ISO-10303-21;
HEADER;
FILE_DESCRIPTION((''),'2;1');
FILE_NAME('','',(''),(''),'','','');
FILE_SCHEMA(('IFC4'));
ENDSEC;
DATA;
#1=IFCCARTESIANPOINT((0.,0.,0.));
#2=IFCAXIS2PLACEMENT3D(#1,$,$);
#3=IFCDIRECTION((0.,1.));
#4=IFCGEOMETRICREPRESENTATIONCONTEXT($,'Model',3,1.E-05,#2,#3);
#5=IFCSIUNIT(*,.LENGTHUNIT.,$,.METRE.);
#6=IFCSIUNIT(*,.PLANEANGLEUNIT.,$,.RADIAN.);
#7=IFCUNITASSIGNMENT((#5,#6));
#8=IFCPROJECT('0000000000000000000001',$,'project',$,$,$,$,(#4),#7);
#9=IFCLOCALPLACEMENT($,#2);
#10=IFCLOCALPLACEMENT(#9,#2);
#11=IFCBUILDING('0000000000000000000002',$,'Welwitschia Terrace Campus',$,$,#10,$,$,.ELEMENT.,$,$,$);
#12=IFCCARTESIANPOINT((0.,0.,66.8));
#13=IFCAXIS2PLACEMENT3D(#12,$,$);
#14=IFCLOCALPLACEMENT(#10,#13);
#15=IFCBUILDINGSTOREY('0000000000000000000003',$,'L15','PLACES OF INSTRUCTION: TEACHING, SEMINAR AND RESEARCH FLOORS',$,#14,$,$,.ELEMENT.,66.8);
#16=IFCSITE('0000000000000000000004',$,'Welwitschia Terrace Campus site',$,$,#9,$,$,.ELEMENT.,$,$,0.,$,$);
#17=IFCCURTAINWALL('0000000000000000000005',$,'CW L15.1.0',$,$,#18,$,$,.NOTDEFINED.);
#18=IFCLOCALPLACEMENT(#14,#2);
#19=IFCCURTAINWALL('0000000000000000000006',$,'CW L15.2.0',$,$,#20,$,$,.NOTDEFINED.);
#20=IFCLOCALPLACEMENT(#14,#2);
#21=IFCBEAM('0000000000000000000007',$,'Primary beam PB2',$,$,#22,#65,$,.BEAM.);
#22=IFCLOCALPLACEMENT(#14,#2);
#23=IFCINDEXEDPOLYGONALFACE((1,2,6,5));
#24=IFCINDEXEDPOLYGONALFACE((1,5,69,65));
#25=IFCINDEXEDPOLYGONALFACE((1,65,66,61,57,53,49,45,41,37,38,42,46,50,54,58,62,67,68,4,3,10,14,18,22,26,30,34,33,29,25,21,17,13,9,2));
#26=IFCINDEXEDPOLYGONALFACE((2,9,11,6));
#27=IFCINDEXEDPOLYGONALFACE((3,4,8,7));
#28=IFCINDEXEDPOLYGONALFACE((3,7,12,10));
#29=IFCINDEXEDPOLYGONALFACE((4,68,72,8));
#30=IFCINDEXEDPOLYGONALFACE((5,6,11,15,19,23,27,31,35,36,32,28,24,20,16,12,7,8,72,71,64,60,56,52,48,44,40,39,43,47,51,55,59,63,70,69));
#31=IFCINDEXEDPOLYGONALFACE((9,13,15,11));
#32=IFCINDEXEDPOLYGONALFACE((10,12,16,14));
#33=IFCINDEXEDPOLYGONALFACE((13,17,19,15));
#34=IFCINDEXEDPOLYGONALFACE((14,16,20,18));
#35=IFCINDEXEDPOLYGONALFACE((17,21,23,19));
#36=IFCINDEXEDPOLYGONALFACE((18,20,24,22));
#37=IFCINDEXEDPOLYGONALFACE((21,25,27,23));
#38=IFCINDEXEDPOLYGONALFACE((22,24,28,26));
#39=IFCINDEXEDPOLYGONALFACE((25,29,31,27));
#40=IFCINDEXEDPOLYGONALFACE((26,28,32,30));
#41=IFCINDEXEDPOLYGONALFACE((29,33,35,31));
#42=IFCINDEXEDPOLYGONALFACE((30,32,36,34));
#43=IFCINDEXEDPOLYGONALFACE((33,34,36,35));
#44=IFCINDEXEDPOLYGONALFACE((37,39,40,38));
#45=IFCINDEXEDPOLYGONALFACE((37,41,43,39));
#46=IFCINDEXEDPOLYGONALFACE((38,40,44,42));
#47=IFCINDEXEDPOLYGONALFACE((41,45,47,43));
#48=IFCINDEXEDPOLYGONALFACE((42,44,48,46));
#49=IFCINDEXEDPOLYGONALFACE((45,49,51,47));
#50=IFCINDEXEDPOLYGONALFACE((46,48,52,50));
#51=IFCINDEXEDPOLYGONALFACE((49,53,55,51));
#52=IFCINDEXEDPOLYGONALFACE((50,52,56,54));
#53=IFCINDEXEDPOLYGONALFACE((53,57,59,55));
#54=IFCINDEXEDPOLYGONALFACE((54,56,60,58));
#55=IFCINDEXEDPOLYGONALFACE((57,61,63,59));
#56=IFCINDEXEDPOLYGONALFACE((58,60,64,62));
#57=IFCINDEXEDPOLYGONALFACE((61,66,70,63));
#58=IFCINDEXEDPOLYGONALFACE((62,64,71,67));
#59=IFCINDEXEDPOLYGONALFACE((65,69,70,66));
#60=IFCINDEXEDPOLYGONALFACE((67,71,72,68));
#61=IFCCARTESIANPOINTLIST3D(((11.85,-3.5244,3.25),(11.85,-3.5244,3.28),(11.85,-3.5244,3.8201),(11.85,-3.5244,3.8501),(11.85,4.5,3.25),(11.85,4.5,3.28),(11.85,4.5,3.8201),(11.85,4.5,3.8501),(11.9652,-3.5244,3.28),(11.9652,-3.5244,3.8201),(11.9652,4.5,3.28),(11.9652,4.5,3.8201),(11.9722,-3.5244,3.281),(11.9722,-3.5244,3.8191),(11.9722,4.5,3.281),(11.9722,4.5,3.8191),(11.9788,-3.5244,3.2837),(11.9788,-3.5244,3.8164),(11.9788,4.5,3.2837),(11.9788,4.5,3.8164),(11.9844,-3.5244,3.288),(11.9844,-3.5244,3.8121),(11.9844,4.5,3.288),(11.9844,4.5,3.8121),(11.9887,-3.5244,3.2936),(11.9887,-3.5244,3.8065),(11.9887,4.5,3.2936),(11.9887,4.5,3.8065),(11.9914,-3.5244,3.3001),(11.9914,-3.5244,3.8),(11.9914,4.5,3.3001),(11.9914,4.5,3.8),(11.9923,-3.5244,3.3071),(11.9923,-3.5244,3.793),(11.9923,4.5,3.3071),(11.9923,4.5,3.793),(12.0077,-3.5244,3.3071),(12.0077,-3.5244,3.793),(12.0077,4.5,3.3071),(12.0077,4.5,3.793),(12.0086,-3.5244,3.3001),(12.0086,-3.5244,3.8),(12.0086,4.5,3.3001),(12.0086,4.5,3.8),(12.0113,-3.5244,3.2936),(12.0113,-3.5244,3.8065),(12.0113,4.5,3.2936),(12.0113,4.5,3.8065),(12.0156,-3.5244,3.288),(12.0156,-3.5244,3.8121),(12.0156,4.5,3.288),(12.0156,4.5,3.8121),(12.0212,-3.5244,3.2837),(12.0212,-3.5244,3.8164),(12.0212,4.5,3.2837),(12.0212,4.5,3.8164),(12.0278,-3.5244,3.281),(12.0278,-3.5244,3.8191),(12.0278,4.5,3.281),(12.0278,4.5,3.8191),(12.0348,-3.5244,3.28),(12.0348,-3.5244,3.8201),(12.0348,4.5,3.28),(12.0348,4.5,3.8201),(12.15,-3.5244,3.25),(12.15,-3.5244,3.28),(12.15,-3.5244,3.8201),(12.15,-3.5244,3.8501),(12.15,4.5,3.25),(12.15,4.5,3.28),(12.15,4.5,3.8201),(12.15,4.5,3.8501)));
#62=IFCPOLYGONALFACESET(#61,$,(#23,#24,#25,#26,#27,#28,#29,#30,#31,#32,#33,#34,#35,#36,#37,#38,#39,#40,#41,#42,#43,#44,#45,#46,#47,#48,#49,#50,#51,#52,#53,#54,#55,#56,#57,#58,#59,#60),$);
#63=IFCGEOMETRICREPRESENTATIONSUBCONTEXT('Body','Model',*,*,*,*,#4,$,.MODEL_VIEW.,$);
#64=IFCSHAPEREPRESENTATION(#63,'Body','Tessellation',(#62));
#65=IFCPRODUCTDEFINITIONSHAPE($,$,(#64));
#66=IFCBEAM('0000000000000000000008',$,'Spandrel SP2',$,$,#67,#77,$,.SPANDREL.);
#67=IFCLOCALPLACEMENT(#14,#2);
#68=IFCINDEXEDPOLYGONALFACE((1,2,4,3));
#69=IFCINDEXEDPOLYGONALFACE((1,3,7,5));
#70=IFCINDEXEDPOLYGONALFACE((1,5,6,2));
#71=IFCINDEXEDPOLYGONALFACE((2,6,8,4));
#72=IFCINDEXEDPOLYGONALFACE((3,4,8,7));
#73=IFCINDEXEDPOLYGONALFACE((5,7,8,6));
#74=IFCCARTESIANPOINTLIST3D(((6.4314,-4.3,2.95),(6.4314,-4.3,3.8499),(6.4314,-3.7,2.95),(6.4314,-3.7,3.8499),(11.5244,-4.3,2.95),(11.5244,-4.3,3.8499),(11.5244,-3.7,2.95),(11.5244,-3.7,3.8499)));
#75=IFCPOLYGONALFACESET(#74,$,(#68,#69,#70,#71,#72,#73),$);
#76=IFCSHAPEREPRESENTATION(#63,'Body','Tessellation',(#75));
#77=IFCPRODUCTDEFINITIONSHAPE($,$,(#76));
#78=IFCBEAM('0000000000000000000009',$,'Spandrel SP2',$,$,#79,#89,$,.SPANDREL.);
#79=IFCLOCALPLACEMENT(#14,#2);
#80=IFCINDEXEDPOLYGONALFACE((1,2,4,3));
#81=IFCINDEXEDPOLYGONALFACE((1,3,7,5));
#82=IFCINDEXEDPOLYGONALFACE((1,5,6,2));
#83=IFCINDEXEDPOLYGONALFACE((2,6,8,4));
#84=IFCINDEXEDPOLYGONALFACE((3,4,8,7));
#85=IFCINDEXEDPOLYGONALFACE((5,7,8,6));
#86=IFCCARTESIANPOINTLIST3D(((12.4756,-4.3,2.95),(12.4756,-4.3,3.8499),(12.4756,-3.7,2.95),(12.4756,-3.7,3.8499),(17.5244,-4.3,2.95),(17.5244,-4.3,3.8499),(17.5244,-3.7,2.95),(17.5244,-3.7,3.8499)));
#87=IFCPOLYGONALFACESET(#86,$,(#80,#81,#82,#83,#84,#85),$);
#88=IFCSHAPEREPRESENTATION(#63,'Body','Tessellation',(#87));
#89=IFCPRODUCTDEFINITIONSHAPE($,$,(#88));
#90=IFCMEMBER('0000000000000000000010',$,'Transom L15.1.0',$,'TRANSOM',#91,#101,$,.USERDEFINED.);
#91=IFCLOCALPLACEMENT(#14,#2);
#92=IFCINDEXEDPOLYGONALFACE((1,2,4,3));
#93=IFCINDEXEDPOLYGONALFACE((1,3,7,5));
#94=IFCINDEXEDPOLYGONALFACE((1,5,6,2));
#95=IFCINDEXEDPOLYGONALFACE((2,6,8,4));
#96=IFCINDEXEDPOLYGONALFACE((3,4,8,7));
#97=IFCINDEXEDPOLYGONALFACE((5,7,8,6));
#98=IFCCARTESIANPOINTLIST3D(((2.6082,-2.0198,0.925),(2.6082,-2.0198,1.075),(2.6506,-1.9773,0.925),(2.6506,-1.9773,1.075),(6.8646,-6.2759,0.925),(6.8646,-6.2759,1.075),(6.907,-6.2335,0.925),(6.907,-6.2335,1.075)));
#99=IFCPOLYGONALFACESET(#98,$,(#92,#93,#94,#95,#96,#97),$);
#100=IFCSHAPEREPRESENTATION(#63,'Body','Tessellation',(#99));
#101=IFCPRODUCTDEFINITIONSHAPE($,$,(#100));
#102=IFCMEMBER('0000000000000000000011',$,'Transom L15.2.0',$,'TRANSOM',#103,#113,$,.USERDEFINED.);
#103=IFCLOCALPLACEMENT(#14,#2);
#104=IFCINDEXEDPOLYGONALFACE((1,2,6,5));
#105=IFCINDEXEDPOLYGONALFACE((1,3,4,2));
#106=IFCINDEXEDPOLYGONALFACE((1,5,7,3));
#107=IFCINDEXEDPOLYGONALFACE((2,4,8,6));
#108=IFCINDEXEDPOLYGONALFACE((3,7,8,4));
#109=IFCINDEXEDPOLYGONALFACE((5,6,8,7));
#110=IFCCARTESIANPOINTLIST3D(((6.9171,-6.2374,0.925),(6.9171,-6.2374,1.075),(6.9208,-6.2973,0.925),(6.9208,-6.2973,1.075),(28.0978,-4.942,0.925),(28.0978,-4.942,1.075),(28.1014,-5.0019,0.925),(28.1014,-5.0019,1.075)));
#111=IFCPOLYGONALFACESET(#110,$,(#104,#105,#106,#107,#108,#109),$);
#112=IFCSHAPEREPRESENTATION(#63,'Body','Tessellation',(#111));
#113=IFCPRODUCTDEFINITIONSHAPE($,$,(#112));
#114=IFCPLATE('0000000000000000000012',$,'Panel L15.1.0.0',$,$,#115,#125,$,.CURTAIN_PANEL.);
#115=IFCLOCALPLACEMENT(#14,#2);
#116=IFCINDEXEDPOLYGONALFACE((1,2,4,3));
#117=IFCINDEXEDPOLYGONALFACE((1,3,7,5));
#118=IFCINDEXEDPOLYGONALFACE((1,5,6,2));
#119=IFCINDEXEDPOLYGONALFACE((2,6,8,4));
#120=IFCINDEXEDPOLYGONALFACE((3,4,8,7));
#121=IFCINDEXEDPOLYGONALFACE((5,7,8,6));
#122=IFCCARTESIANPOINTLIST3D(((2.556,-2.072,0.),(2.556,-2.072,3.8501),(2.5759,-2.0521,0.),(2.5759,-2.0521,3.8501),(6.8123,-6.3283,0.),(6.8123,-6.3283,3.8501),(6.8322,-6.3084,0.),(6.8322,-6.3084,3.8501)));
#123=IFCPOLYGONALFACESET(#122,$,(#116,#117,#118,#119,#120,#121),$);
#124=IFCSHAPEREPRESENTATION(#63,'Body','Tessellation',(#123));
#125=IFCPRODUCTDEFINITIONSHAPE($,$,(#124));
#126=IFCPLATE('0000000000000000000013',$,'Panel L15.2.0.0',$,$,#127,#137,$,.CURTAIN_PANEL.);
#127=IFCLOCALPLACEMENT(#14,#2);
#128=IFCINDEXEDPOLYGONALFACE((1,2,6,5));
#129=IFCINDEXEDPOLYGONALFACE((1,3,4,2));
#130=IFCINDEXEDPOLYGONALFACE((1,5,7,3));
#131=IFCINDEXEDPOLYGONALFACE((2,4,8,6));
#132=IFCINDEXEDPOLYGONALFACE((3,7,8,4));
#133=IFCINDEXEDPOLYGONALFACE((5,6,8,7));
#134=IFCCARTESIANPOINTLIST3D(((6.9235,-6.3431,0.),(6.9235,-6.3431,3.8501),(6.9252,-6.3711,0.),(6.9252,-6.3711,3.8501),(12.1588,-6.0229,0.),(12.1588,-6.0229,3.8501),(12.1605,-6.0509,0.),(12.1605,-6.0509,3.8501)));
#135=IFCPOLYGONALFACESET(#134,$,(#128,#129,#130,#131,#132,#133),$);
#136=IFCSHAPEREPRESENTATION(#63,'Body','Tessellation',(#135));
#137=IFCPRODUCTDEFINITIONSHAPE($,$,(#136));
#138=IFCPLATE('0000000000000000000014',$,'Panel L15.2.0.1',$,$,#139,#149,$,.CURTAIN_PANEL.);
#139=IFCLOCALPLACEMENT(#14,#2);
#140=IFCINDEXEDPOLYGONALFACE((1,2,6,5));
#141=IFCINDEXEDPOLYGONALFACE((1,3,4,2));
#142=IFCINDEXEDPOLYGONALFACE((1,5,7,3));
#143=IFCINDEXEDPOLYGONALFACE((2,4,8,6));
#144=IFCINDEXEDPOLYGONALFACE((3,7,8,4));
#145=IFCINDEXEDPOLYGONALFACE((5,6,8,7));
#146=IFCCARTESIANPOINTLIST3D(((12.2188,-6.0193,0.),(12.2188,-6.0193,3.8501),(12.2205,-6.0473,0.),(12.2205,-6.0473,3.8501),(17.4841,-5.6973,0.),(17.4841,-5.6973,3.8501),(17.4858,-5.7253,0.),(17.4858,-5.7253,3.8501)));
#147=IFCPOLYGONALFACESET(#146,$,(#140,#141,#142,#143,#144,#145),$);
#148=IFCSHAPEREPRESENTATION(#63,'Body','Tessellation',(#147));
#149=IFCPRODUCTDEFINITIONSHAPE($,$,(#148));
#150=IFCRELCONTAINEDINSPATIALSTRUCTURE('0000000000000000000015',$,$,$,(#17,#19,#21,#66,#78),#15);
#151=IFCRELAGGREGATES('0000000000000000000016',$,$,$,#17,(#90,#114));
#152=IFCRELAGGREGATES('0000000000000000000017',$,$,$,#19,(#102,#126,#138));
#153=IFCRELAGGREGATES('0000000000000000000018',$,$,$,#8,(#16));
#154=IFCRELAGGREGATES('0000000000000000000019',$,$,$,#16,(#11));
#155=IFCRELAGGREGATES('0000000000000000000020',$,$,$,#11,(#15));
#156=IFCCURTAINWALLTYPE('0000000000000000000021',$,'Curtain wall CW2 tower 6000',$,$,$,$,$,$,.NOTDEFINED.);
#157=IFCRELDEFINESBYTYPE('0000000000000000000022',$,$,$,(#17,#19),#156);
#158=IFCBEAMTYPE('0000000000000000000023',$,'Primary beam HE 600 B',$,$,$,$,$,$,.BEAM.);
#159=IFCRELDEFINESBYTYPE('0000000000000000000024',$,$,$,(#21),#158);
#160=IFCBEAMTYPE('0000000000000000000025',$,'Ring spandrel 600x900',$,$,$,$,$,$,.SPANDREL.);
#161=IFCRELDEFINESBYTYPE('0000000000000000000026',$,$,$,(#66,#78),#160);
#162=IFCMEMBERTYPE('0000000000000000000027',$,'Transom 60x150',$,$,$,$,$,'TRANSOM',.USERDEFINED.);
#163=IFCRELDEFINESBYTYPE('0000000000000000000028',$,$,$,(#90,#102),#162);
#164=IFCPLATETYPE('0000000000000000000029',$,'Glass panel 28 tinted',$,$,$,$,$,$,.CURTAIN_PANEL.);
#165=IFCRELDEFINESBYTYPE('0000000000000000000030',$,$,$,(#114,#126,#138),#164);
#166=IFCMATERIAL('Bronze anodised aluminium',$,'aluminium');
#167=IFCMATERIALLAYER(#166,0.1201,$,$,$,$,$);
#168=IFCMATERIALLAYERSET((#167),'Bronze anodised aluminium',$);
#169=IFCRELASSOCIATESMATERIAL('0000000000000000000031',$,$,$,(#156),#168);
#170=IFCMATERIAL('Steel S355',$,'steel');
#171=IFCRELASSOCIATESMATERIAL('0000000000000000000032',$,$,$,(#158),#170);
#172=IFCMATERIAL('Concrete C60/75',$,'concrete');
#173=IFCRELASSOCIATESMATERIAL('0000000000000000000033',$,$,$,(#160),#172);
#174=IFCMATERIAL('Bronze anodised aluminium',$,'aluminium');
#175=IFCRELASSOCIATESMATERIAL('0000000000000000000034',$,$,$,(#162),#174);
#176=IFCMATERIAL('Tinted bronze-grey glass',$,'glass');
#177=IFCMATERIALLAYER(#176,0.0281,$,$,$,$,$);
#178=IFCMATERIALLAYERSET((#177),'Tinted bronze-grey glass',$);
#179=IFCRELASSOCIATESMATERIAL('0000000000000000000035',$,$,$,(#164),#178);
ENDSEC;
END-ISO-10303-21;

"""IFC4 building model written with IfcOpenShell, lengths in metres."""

from ifc_helpers import new_model, si_unit, direction, frame, origin, origin_2d, place, context, subcontext, project, spatial, rectangle, i_section, extrude, material, layer, layer_set, material_profile, profile_set, type_object, element, aggregate, save


model = new_model("IFC4")

# Units and contexts
model_context = context("Model", 3, precision=1e-05, world=origin(), true_north=direction((0.0, 1.0)))
body_context = subcontext(model_context, "Body", "Model", "MODEL_VIEW")
ifc_project = project(units=[si_unit("LENGTHUNIT", "METRE"), si_unit("PLANEANGLEUNIT", "RADIAN")], contexts=[model_context])

# Site, building, storey
site_placement = place(None, origin())
site = spatial("IfcSite", under=ifc_project, at=site_placement, Name="Welwitschia Terrace Campus site", CompositionType="ELEMENT", RefElevation=0.0)
building_placement = place(site_placement, origin())
building = spatial("IfcBuilding", under=site, at=building_placement, Name="Welwitschia Terrace Campus", CompositionType="ELEMENT")
storey_placement = place(building_placement, frame((0.0, 0.0, 66.8)))
storey = spatial("IfcBuildingStorey", under=building, at=storey_placement, Name="L15", Description="PLACES OF INSTRUCTION: TEACHING, SEMINAR AND RESEARCH FLOORS", CompositionType="ELEMENT", Elevation=66.8)

# Curtain wall
ifc_material_1 = material(Name="Bronze anodised aluminium", Category="aluminium")
ifc_layer_1 = layer(ifc_material_1, 0.1201)
ifc_layer_set_1 = layer_set([ifc_layer_1], Name="Bronze anodised aluminium")
curtain_wall_type = type_object("IfcCurtainWallType", Name="Curtain wall CW2 tower 6000", PredefinedType="NOTDEFINED", material=ifc_layer_set_1)
curtain_wall_1_placement = place(storey_placement, origin())
curtain_wall_1 = element("IfcCurtainWall", 1, at=curtain_wall_1_placement, inside=storey, type_object=curtain_wall_type, Name="CW L15.1.0", PredefinedType="NOTDEFINED")

# Curtain wall
curtain_wall_2_placement = place(storey_placement, origin())
curtain_wall_2 = element("IfcCurtainWall", 2, at=curtain_wall_2_placement, inside=storey, type_object=curtain_wall_type, Name="CW L15.2.0", PredefinedType="NOTDEFINED")

# Beams
ifc_material_2 = material(Name="Steel S355", Category="steel")
ifc_material_profile_1 = material_profile(ifc_material_2, i_section(OverallWidth=0.3, OverallDepth=0.6001, WebThickness=0.0154, FlangeThickness=0.03, FilletRadius=0.0271, at=origin_2d()))
ifc_profile_set_1 = profile_set([ifc_material_profile_1], Name="Steel S355")
beam_type_1 = type_object("IfcBeamType", Name="Primary beam HE 600 B", PredefinedType="BEAM", material=ifc_profile_set_1)
beam_1_placement = place(storey_placement, frame((12.0, -3.5244, 3.55), z_axis=(0.0, 1.0, 0.0), x_axis=(-1.0, 0.0, 0.0)))
element("IfcBeam", 3, at=beam_1_placement, inside=storey, type_object=beam_type_1, Name="Primary beam PB2", PredefinedType="BEAM", context=body_context, shape_type="SweptSolid", body=[
    extrude(i_section(OverallWidth=0.3, OverallDepth=0.6001, WebThickness=0.0154, FlangeThickness=0.03, FilletRadius=0.0271, at=origin_2d()), origin(), (0.0, 0.0, 1.0), 8.0244),
])
ifc_material_3 = material(Name="Concrete C60/75", Category="concrete")
ifc_material_profile_2 = material_profile(ifc_material_3, rectangle(XDim=0.6001, YDim=0.8999, at=origin_2d()))
ifc_profile_set_2 = profile_set([ifc_material_profile_2], Name="Concrete C60/75")
beam_type_2 = type_object("IfcBeamType", Name="Ring spandrel 600x900", PredefinedType="SPANDREL", material=ifc_profile_set_2)
beam_2_placement = place(storey_placement, frame((6.4314, -4.0, 3.3999), z_axis=(1.0, 0.0, 0.0), x_axis=(0.0, 1.0, 0.0)))
element("IfcBeam", 4, at=beam_2_placement, inside=storey, type_object=beam_type_2, Name="Spandrel SP2", PredefinedType="SPANDREL", context=body_context, shape_type="SweptSolid", body=[
    extrude(rectangle(XDim=0.6001, YDim=0.8999, at=origin_2d()), origin(), (0.0, 0.0, 1.0), 5.093),
])
beam_3_placement = place(storey_placement, frame((12.4756, -4.0, 3.3999), z_axis=(1.0, 0.0, 0.0), x_axis=(0.0, 1.0, 0.0)))
element("IfcBeam", 5, at=beam_3_placement, inside=storey, type_object=beam_type_2, Name="Spandrel SP2", PredefinedType="SPANDREL", context=body_context, shape_type="SweptSolid", body=[
    extrude(rectangle(XDim=0.6001, YDim=0.8999, at=origin_2d()), origin(), (0.0, 0.0, 1.0), 5.0488),
])

# Members
ifc_material_4 = material(Name="Bronze anodised aluminium", Category="aluminium")
ifc_material_profile_3 = material_profile(ifc_material_4, rectangle(XDim=0.0601, YDim=0.1499, at=origin_2d()))
ifc_profile_set_3 = profile_set([ifc_material_profile_3], Name="Bronze anodised aluminium")
member_type_1 = type_object("IfcMemberType", Name="Transom 60x150", ElementType="TRANSOM", PredefinedType="USERDEFINED", material=ifc_profile_set_3)
member_1_placement = place(storey_placement, frame((2.6294, -1.9985, 1.0), z_axis=(0.707127, -0.707087, 0.0), x_axis=(0.707087, 0.707127, 0.0)))
member_1 = element("IfcMember", 6, at=member_1_placement, type_object=member_type_1, Name="Transom L15.1.0", ObjectType="TRANSOM", PredefinedType="USERDEFINED", context=body_context, shape_type="SweptSolid", body=[
    extrude(rectangle(XDim=0.0601, YDim=0.1499, at=origin_2d()), origin(), (0.0, 0.0, 1.0), 6.0193),
])
member_2_placement = place(storey_placement, frame((6.9189, -6.2673, 1.0), z_axis=(0.998135, 0.061046, 0.0), x_axis=(-0.061046, 0.998135, 0.0)))
member_2 = element("IfcMember", 7, at=member_2_placement, type_object=member_type_1, Name="Transom L15.2.0", ObjectType="TRANSOM", PredefinedType="USERDEFINED", context=body_context, shape_type="SweptSolid", body=[
    extrude(rectangle(XDim=0.0601, YDim=0.1499, at=origin_2d()), origin(), (0.0, 0.0, 1.0), 21.2202),
])

# Plates
ifc_material_5 = material(Name="Tinted bronze-grey glass", Category="glass")
ifc_layer_2 = layer(ifc_material_5, 0.0281)
ifc_layer_set_2 = layer_set([ifc_layer_2], Name="Tinted bronze-grey glass")
plate_type = type_object("IfcPlateType", Name="Glass panel 28 tinted", PredefinedType="CURTAIN_PANEL", material=ifc_layer_set_2)
plate_1_placement = place(storey_placement, frame((4.6941, -4.1902, 0.0), z_axis=(0.0, 0.0, 1.0), x_axis=(0.707107, -0.707107, 0.0)))
plate_1 = element("IfcPlate", 8, at=plate_1_placement, type_object=plate_type, Name="Panel L15.1.0.0", PredefinedType="CURTAIN_PANEL", context=body_context, shape_type="SweptSolid", body=[
    extrude(rectangle(XDim=6.0193, YDim=0.0281, at=origin_2d()), origin(), (0.0, 0.0, 1.0), 3.8501),
])
aggregate(curtain_wall_1, [member_1, plate_1])
plate_2_placement = place(storey_placement, frame((9.542, -6.197, 0.0), z_axis=(0.0, 0.0, 1.0), x_axis=(0.998135, 0.061049, 0.0)))
plate_2 = element("IfcPlate", 9, at=plate_2_placement, type_object=plate_type, Name="Panel L15.2.0.0", PredefinedType="CURTAIN_PANEL", context=body_context, shape_type="SweptSolid", body=[
    extrude(rectangle(XDim=5.2451, YDim=0.0281, at=origin_2d()), origin(), (0.0, 0.0, 1.0), 3.8501),
])
plate_3_placement = place(storey_placement, frame((14.8523, -5.8723, 0.0), z_axis=(0.0, 0.0, 1.0), x_axis=(0.998135, 0.061049, 0.0)))
plate_3 = element("IfcPlate", 10, at=plate_3_placement, type_object=plate_type, Name="Panel L15.2.0.1", PredefinedType="CURTAIN_PANEL", context=body_context, shape_type="SweptSolid", body=[
    extrude(rectangle(XDim=5.2751, YDim=0.0281, at=origin_2d()), origin(), (0.0, 0.0, 1.0), 3.8501),
])
aggregate(curtain_wall_2, [member_2, plate_2, plate_3])

save(model, "model.ifc")
